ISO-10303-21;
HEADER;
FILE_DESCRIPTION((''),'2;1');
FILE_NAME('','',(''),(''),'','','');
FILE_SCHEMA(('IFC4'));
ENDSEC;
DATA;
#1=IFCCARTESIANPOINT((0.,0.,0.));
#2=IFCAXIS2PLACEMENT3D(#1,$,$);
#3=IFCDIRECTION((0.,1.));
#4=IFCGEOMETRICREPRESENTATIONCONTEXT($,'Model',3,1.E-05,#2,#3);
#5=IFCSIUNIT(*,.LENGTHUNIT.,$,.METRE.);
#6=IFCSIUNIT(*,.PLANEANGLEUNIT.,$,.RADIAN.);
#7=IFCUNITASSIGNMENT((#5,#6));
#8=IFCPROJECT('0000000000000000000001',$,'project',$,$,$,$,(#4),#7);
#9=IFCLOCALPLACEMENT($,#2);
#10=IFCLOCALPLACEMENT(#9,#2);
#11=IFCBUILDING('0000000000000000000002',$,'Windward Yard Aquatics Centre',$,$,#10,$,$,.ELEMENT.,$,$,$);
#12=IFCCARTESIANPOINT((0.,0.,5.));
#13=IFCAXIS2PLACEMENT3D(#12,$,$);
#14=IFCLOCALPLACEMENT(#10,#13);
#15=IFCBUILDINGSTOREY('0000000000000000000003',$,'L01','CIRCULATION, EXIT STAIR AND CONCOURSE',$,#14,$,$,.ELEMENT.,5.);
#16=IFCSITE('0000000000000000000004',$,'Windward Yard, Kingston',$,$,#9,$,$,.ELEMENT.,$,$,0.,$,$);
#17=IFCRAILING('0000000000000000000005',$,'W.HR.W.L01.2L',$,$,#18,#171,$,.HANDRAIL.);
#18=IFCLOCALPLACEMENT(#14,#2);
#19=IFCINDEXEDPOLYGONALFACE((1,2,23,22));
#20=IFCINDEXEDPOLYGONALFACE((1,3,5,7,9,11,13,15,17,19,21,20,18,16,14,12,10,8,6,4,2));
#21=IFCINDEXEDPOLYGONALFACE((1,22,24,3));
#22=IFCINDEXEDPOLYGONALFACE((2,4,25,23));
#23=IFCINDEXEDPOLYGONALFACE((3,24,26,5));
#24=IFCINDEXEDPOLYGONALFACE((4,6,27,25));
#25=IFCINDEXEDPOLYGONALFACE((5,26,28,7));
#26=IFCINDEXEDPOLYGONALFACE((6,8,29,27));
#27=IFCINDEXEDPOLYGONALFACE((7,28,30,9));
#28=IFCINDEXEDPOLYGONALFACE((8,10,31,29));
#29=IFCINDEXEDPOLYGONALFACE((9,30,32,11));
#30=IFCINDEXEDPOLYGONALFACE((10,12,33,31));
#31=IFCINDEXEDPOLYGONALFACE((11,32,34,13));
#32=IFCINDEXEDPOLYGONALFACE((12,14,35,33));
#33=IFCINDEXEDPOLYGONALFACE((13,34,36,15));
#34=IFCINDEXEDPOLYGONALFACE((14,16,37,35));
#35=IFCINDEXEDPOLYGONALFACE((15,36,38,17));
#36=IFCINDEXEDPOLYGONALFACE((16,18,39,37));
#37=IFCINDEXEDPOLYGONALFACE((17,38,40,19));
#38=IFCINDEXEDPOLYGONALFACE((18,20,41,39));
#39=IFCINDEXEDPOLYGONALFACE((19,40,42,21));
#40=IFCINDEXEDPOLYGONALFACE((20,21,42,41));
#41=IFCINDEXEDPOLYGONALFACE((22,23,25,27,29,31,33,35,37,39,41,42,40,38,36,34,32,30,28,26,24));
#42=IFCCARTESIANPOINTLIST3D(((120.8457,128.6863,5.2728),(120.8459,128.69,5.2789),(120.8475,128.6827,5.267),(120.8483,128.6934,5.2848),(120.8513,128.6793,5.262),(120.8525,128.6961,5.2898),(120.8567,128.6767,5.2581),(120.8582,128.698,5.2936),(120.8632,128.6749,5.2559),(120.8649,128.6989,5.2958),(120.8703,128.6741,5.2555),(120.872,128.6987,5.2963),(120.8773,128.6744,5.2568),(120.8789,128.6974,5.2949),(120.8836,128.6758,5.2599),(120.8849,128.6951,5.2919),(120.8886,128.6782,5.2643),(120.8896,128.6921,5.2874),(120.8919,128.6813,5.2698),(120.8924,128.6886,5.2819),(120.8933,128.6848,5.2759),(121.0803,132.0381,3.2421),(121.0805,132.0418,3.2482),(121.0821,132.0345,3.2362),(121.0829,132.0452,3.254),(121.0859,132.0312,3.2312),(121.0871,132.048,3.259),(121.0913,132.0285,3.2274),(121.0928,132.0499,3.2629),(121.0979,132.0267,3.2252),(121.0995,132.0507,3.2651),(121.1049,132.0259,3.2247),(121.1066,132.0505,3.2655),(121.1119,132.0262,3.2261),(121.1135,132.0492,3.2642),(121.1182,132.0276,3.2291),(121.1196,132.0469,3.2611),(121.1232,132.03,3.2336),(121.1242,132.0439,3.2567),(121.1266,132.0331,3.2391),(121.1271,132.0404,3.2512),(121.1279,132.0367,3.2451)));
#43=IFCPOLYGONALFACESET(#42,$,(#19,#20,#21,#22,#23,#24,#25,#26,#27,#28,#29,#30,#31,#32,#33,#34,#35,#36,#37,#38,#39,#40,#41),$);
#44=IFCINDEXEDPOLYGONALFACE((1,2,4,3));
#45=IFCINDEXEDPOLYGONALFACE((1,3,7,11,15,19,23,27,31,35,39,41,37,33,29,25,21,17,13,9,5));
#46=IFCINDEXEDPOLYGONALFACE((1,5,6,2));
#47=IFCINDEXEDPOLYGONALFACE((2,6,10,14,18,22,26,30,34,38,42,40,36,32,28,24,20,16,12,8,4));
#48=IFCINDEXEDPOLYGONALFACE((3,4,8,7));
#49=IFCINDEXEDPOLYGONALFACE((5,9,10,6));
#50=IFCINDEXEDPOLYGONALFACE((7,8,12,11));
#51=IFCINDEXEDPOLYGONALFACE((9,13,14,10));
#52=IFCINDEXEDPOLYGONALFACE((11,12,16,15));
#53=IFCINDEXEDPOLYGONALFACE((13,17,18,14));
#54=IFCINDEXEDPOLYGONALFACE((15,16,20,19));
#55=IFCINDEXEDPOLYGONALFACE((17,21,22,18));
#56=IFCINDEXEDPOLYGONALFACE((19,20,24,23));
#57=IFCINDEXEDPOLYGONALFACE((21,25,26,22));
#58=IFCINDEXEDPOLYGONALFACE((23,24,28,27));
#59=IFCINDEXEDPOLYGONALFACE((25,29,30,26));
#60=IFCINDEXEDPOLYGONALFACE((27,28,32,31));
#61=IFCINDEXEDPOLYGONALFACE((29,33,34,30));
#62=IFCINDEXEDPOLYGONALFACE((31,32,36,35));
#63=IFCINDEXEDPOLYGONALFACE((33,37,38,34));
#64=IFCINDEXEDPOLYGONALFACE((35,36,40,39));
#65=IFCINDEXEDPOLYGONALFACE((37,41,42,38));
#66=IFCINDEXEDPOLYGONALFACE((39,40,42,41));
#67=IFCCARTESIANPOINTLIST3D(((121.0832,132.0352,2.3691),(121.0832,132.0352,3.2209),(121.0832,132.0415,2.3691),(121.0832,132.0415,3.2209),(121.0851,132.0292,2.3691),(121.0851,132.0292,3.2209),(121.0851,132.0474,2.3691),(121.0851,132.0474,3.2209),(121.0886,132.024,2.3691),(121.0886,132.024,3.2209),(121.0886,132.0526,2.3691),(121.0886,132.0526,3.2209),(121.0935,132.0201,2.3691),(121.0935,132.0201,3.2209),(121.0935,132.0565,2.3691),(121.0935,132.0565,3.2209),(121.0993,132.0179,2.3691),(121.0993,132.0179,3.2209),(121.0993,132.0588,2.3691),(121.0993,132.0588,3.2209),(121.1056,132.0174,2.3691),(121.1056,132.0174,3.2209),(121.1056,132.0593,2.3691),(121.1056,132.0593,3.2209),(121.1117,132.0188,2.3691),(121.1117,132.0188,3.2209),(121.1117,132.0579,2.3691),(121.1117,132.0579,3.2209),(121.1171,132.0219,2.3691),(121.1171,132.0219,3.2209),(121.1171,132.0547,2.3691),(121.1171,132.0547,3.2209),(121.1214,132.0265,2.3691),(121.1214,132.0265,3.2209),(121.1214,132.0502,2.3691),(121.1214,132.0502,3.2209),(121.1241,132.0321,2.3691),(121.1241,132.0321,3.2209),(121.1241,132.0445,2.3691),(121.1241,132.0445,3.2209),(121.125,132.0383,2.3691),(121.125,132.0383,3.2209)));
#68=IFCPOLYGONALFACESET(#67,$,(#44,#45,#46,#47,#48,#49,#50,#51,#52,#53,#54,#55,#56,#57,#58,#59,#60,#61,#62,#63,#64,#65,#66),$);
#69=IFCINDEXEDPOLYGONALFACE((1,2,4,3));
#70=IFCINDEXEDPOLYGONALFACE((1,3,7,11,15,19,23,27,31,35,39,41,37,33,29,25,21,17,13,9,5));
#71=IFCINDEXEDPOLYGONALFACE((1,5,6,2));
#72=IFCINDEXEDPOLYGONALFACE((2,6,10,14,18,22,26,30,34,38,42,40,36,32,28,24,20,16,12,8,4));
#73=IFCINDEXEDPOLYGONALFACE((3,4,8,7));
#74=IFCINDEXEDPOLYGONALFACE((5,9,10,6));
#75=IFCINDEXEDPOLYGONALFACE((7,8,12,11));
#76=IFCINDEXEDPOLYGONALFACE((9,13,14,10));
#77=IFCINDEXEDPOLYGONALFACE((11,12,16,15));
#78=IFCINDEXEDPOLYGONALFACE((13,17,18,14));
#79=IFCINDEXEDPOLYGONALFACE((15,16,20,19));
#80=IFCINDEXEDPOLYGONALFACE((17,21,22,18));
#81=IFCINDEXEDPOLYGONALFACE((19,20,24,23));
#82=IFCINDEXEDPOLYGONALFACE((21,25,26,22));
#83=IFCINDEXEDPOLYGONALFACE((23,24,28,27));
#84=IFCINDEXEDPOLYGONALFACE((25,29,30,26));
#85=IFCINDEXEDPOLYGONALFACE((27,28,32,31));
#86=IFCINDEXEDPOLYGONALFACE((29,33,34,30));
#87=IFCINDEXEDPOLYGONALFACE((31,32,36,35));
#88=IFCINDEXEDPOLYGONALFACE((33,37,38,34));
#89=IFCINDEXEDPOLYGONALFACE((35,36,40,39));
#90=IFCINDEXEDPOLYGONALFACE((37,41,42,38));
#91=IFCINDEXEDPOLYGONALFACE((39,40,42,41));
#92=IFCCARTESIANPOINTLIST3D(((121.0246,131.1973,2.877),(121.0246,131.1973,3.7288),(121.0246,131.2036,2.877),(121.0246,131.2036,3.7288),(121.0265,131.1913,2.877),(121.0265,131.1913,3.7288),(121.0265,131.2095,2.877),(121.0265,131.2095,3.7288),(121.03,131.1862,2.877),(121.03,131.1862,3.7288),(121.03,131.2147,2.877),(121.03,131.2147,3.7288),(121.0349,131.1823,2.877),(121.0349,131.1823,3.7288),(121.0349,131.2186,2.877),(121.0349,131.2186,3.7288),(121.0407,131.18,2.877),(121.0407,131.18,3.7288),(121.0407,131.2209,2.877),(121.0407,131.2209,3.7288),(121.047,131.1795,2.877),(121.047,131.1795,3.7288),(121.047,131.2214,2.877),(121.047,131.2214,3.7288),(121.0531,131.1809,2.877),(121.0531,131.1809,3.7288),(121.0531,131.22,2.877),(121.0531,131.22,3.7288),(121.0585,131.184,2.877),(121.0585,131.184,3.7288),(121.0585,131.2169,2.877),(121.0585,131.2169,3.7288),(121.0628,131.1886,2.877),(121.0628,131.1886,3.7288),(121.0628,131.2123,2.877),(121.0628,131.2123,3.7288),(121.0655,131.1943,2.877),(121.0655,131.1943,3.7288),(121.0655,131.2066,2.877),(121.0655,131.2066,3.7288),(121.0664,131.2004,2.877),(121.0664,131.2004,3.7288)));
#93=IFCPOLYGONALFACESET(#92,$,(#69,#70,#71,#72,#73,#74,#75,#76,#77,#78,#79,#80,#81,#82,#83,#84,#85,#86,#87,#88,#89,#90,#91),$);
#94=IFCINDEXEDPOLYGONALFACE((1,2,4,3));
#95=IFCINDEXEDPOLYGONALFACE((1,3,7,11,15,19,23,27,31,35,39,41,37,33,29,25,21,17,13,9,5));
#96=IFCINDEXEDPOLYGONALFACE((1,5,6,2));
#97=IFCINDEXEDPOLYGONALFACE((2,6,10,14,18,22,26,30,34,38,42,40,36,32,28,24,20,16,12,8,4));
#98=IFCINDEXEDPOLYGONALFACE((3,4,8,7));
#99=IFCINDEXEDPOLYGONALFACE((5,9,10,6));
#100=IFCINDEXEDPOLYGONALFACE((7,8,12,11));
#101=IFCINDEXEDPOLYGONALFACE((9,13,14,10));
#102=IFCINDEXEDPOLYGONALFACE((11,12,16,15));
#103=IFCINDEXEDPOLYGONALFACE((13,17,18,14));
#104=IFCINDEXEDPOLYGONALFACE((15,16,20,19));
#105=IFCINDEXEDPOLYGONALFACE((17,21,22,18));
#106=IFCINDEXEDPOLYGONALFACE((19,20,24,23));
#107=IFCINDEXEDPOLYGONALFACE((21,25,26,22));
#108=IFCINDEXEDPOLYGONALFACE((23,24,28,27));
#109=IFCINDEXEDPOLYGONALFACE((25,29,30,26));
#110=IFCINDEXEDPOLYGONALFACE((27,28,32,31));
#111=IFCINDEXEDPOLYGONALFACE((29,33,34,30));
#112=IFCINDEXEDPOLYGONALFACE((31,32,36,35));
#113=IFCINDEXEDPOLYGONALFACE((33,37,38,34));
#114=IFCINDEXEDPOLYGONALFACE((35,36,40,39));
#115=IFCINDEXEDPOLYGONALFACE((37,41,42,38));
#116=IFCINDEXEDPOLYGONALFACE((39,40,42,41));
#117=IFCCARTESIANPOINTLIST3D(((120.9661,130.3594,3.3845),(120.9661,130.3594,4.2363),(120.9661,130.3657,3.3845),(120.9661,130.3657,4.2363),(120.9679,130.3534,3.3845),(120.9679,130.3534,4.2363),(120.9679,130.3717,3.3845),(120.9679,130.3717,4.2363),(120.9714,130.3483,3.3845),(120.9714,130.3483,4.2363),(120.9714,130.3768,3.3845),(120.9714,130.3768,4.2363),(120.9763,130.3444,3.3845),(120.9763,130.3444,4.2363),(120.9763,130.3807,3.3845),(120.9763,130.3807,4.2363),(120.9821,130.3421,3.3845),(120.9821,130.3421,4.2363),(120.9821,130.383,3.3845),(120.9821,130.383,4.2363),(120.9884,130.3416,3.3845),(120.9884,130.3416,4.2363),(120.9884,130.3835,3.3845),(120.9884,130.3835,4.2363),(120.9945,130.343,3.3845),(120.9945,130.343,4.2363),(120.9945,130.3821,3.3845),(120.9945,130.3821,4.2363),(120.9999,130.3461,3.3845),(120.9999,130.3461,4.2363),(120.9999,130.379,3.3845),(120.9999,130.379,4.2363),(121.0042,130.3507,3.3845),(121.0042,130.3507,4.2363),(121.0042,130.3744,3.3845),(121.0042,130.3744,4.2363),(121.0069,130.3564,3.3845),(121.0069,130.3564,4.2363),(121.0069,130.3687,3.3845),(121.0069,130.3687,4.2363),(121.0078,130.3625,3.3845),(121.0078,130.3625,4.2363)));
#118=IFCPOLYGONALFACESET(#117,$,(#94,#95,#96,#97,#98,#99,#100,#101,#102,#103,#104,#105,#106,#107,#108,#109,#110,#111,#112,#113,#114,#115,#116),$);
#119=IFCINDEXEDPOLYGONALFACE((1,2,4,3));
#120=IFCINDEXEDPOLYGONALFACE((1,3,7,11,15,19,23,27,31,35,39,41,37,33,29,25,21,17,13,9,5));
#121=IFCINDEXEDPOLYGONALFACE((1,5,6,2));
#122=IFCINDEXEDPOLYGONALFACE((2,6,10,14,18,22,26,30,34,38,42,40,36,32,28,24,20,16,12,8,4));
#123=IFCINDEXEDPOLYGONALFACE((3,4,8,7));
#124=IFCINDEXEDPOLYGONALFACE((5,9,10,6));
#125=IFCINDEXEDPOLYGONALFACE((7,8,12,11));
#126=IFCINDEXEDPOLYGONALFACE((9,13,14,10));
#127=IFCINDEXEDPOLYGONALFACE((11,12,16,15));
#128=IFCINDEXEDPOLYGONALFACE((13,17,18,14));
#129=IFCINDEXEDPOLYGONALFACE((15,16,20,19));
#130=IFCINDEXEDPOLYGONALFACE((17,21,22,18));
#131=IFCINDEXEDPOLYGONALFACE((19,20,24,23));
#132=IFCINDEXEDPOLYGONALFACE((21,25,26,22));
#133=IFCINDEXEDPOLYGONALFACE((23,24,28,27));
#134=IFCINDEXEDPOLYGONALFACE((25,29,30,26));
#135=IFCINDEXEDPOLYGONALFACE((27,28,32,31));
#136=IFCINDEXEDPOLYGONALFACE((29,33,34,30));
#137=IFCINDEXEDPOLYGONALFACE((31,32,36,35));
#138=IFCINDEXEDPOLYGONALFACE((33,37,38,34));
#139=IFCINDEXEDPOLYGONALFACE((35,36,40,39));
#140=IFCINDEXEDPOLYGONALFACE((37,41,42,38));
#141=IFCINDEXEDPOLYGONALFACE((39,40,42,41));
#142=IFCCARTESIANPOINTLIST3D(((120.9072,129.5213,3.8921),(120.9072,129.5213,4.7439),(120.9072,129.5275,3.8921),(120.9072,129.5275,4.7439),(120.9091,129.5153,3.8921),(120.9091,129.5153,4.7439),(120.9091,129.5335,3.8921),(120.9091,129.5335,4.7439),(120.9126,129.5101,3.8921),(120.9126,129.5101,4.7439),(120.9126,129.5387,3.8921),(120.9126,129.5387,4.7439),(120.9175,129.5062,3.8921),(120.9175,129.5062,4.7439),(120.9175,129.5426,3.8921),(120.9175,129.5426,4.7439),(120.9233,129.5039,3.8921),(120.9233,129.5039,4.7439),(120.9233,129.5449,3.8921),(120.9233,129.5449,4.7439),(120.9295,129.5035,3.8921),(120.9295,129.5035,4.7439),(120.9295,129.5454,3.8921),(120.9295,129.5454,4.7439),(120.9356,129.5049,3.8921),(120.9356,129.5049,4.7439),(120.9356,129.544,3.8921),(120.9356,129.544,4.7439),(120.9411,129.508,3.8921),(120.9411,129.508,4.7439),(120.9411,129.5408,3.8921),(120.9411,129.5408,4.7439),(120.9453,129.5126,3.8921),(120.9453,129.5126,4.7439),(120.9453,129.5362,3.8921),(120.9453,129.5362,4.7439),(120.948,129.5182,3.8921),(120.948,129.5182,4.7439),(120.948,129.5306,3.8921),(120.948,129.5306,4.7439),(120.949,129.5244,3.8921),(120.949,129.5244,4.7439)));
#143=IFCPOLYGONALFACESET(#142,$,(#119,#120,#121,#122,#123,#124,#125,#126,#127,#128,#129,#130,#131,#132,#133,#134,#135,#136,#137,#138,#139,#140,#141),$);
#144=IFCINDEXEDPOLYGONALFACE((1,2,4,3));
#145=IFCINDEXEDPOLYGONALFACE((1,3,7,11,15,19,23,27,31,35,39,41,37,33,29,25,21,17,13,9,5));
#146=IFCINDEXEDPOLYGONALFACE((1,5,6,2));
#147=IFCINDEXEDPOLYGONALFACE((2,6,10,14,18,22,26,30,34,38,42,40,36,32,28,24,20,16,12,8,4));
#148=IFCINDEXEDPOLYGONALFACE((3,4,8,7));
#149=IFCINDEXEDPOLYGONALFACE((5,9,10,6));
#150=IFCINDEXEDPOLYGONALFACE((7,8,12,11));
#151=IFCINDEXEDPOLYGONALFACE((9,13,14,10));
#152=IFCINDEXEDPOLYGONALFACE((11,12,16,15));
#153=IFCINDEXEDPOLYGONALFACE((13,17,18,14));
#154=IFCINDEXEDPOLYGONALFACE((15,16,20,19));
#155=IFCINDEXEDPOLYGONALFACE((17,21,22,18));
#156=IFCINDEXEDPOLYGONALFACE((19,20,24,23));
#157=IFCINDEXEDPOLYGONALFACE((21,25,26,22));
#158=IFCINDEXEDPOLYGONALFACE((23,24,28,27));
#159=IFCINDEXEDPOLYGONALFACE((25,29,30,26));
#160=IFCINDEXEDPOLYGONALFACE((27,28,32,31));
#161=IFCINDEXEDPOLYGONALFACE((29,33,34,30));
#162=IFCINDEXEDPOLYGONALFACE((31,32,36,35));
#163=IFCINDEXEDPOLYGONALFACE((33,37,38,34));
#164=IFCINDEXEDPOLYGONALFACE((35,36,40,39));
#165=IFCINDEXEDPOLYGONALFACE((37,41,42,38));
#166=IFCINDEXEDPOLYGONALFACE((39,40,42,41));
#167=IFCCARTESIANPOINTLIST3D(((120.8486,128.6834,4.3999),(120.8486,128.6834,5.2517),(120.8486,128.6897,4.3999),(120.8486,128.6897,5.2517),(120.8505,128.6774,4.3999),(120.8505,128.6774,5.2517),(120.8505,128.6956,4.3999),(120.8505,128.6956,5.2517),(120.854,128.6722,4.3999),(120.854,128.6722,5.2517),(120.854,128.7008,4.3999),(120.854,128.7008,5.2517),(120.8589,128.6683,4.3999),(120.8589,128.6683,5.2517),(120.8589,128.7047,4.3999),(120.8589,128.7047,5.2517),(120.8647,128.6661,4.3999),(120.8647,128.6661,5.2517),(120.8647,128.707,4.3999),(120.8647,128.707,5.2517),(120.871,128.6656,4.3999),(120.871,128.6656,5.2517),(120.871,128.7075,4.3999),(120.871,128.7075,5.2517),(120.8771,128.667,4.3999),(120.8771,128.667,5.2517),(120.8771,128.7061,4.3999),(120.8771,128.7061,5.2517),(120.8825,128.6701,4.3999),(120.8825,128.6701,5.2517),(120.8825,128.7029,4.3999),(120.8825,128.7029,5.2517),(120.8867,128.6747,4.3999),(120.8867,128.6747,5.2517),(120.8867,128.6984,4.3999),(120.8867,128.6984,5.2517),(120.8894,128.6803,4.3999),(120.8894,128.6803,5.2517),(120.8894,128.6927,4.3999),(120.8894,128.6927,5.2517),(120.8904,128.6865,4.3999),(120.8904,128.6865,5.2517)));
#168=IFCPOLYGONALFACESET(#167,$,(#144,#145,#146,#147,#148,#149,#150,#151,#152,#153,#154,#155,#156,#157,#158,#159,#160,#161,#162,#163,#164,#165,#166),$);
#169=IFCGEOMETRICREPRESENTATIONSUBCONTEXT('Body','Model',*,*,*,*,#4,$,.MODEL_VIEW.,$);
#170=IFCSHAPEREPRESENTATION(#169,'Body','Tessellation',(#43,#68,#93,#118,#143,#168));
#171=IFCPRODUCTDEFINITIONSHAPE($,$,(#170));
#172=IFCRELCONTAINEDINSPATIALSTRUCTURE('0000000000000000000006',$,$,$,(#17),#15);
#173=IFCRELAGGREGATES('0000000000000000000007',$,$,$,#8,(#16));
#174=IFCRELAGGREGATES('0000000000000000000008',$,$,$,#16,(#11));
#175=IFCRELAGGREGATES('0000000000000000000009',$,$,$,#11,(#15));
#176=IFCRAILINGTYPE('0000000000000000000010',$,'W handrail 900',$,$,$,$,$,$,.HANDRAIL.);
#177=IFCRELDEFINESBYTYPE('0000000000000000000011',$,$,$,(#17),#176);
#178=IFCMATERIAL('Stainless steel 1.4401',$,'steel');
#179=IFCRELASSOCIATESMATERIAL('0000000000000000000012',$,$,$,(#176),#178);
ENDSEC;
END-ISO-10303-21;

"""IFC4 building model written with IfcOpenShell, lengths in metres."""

from ifc_helpers import new_model, si_unit, direction, frame, origin, origin_2d, place, context, subcontext, project, spatial, circle, extrude, material, type_object, element, save


model = new_model("IFC4")

# Units and contexts
model_context = context("Model", 3, precision=1e-05, world=origin(), true_north=direction((0.0, 1.0)))
body_context = subcontext(model_context, "Body", "Model", "MODEL_VIEW")
ifc_project = project(units=[si_unit("LENGTHUNIT", "METRE"), si_unit("PLANEANGLEUNIT", "RADIAN")], contexts=[model_context])

# Site, building, storey
site_placement = place(None, origin())
site = spatial("IfcSite", under=ifc_project, at=site_placement, Name="Windward Yard, Kingston", CompositionType="ELEMENT", RefElevation=0.0)
building_placement = place(site_placement, origin())
building = spatial("IfcBuilding", under=site, at=building_placement, Name="Windward Yard Aquatics Centre", CompositionType="ELEMENT")
storey_placement = place(building_placement, frame((0.0, 0.0, 5.0)))
storey = spatial("IfcBuildingStorey", under=building, at=storey_placement, Name="L01", Description="CIRCULATION, EXIT STAIR AND CONCOURSE", CompositionType="ELEMENT", Elevation=5.0)

# Railing
ifc_material_1 = material(Name="Stainless steel 1.4401", Category="steel")
railing_type_1 = type_object("IfcRailingType", Name="W handrail 900", PredefinedType="HANDRAIL", material=ifc_material_1)
railing_1_placement = place(storey_placement, frame((121.104, 132.0383, 2.3691)))
element("IfcRailing", 1, at=railing_1_placement, inside=storey, type_object=railing_type_1, Name="W.HR.W.L01.2L", PredefinedType="HANDRAIL", context=body_context, shape_type="SweptSolid", body=[
    extrude(circle(Radius=0.0239, at=origin_2d()), frame((0.0, 0.0, 0.876), z_axis=(-0.05976, -0.853741, 0.517257), x_axis=(0.997559, -0.069827, 0.0)), (0.0, 0.0, 1.0), 3.926),
    extrude(circle(Radius=0.021, at=origin_2d()), origin(), (0.0, 0.0, 1.0), 0.8518),
    extrude(circle(Radius=0.021, at=origin_2d()), frame((-0.0586, -0.8379, 0.5078)), (0.0, 0.0, 1.0), 0.8518),
    extrude(circle(Radius=0.021, at=origin_2d()), frame((-0.1172, -1.6758, 1.0154)), (0.0, 0.0, 1.0), 0.8518),
    extrude(circle(Radius=0.021, at=origin_2d()), frame((-0.176, -2.5139, 1.5229)), (0.0, 0.0, 1.0), 0.8518),
    extrude(circle(Radius=0.021, at=origin_2d()), frame((-0.2346, -3.3518, 2.0308)), (0.0, 0.0, 1.0), 0.8518),
])

save(model, "model.ifc")
